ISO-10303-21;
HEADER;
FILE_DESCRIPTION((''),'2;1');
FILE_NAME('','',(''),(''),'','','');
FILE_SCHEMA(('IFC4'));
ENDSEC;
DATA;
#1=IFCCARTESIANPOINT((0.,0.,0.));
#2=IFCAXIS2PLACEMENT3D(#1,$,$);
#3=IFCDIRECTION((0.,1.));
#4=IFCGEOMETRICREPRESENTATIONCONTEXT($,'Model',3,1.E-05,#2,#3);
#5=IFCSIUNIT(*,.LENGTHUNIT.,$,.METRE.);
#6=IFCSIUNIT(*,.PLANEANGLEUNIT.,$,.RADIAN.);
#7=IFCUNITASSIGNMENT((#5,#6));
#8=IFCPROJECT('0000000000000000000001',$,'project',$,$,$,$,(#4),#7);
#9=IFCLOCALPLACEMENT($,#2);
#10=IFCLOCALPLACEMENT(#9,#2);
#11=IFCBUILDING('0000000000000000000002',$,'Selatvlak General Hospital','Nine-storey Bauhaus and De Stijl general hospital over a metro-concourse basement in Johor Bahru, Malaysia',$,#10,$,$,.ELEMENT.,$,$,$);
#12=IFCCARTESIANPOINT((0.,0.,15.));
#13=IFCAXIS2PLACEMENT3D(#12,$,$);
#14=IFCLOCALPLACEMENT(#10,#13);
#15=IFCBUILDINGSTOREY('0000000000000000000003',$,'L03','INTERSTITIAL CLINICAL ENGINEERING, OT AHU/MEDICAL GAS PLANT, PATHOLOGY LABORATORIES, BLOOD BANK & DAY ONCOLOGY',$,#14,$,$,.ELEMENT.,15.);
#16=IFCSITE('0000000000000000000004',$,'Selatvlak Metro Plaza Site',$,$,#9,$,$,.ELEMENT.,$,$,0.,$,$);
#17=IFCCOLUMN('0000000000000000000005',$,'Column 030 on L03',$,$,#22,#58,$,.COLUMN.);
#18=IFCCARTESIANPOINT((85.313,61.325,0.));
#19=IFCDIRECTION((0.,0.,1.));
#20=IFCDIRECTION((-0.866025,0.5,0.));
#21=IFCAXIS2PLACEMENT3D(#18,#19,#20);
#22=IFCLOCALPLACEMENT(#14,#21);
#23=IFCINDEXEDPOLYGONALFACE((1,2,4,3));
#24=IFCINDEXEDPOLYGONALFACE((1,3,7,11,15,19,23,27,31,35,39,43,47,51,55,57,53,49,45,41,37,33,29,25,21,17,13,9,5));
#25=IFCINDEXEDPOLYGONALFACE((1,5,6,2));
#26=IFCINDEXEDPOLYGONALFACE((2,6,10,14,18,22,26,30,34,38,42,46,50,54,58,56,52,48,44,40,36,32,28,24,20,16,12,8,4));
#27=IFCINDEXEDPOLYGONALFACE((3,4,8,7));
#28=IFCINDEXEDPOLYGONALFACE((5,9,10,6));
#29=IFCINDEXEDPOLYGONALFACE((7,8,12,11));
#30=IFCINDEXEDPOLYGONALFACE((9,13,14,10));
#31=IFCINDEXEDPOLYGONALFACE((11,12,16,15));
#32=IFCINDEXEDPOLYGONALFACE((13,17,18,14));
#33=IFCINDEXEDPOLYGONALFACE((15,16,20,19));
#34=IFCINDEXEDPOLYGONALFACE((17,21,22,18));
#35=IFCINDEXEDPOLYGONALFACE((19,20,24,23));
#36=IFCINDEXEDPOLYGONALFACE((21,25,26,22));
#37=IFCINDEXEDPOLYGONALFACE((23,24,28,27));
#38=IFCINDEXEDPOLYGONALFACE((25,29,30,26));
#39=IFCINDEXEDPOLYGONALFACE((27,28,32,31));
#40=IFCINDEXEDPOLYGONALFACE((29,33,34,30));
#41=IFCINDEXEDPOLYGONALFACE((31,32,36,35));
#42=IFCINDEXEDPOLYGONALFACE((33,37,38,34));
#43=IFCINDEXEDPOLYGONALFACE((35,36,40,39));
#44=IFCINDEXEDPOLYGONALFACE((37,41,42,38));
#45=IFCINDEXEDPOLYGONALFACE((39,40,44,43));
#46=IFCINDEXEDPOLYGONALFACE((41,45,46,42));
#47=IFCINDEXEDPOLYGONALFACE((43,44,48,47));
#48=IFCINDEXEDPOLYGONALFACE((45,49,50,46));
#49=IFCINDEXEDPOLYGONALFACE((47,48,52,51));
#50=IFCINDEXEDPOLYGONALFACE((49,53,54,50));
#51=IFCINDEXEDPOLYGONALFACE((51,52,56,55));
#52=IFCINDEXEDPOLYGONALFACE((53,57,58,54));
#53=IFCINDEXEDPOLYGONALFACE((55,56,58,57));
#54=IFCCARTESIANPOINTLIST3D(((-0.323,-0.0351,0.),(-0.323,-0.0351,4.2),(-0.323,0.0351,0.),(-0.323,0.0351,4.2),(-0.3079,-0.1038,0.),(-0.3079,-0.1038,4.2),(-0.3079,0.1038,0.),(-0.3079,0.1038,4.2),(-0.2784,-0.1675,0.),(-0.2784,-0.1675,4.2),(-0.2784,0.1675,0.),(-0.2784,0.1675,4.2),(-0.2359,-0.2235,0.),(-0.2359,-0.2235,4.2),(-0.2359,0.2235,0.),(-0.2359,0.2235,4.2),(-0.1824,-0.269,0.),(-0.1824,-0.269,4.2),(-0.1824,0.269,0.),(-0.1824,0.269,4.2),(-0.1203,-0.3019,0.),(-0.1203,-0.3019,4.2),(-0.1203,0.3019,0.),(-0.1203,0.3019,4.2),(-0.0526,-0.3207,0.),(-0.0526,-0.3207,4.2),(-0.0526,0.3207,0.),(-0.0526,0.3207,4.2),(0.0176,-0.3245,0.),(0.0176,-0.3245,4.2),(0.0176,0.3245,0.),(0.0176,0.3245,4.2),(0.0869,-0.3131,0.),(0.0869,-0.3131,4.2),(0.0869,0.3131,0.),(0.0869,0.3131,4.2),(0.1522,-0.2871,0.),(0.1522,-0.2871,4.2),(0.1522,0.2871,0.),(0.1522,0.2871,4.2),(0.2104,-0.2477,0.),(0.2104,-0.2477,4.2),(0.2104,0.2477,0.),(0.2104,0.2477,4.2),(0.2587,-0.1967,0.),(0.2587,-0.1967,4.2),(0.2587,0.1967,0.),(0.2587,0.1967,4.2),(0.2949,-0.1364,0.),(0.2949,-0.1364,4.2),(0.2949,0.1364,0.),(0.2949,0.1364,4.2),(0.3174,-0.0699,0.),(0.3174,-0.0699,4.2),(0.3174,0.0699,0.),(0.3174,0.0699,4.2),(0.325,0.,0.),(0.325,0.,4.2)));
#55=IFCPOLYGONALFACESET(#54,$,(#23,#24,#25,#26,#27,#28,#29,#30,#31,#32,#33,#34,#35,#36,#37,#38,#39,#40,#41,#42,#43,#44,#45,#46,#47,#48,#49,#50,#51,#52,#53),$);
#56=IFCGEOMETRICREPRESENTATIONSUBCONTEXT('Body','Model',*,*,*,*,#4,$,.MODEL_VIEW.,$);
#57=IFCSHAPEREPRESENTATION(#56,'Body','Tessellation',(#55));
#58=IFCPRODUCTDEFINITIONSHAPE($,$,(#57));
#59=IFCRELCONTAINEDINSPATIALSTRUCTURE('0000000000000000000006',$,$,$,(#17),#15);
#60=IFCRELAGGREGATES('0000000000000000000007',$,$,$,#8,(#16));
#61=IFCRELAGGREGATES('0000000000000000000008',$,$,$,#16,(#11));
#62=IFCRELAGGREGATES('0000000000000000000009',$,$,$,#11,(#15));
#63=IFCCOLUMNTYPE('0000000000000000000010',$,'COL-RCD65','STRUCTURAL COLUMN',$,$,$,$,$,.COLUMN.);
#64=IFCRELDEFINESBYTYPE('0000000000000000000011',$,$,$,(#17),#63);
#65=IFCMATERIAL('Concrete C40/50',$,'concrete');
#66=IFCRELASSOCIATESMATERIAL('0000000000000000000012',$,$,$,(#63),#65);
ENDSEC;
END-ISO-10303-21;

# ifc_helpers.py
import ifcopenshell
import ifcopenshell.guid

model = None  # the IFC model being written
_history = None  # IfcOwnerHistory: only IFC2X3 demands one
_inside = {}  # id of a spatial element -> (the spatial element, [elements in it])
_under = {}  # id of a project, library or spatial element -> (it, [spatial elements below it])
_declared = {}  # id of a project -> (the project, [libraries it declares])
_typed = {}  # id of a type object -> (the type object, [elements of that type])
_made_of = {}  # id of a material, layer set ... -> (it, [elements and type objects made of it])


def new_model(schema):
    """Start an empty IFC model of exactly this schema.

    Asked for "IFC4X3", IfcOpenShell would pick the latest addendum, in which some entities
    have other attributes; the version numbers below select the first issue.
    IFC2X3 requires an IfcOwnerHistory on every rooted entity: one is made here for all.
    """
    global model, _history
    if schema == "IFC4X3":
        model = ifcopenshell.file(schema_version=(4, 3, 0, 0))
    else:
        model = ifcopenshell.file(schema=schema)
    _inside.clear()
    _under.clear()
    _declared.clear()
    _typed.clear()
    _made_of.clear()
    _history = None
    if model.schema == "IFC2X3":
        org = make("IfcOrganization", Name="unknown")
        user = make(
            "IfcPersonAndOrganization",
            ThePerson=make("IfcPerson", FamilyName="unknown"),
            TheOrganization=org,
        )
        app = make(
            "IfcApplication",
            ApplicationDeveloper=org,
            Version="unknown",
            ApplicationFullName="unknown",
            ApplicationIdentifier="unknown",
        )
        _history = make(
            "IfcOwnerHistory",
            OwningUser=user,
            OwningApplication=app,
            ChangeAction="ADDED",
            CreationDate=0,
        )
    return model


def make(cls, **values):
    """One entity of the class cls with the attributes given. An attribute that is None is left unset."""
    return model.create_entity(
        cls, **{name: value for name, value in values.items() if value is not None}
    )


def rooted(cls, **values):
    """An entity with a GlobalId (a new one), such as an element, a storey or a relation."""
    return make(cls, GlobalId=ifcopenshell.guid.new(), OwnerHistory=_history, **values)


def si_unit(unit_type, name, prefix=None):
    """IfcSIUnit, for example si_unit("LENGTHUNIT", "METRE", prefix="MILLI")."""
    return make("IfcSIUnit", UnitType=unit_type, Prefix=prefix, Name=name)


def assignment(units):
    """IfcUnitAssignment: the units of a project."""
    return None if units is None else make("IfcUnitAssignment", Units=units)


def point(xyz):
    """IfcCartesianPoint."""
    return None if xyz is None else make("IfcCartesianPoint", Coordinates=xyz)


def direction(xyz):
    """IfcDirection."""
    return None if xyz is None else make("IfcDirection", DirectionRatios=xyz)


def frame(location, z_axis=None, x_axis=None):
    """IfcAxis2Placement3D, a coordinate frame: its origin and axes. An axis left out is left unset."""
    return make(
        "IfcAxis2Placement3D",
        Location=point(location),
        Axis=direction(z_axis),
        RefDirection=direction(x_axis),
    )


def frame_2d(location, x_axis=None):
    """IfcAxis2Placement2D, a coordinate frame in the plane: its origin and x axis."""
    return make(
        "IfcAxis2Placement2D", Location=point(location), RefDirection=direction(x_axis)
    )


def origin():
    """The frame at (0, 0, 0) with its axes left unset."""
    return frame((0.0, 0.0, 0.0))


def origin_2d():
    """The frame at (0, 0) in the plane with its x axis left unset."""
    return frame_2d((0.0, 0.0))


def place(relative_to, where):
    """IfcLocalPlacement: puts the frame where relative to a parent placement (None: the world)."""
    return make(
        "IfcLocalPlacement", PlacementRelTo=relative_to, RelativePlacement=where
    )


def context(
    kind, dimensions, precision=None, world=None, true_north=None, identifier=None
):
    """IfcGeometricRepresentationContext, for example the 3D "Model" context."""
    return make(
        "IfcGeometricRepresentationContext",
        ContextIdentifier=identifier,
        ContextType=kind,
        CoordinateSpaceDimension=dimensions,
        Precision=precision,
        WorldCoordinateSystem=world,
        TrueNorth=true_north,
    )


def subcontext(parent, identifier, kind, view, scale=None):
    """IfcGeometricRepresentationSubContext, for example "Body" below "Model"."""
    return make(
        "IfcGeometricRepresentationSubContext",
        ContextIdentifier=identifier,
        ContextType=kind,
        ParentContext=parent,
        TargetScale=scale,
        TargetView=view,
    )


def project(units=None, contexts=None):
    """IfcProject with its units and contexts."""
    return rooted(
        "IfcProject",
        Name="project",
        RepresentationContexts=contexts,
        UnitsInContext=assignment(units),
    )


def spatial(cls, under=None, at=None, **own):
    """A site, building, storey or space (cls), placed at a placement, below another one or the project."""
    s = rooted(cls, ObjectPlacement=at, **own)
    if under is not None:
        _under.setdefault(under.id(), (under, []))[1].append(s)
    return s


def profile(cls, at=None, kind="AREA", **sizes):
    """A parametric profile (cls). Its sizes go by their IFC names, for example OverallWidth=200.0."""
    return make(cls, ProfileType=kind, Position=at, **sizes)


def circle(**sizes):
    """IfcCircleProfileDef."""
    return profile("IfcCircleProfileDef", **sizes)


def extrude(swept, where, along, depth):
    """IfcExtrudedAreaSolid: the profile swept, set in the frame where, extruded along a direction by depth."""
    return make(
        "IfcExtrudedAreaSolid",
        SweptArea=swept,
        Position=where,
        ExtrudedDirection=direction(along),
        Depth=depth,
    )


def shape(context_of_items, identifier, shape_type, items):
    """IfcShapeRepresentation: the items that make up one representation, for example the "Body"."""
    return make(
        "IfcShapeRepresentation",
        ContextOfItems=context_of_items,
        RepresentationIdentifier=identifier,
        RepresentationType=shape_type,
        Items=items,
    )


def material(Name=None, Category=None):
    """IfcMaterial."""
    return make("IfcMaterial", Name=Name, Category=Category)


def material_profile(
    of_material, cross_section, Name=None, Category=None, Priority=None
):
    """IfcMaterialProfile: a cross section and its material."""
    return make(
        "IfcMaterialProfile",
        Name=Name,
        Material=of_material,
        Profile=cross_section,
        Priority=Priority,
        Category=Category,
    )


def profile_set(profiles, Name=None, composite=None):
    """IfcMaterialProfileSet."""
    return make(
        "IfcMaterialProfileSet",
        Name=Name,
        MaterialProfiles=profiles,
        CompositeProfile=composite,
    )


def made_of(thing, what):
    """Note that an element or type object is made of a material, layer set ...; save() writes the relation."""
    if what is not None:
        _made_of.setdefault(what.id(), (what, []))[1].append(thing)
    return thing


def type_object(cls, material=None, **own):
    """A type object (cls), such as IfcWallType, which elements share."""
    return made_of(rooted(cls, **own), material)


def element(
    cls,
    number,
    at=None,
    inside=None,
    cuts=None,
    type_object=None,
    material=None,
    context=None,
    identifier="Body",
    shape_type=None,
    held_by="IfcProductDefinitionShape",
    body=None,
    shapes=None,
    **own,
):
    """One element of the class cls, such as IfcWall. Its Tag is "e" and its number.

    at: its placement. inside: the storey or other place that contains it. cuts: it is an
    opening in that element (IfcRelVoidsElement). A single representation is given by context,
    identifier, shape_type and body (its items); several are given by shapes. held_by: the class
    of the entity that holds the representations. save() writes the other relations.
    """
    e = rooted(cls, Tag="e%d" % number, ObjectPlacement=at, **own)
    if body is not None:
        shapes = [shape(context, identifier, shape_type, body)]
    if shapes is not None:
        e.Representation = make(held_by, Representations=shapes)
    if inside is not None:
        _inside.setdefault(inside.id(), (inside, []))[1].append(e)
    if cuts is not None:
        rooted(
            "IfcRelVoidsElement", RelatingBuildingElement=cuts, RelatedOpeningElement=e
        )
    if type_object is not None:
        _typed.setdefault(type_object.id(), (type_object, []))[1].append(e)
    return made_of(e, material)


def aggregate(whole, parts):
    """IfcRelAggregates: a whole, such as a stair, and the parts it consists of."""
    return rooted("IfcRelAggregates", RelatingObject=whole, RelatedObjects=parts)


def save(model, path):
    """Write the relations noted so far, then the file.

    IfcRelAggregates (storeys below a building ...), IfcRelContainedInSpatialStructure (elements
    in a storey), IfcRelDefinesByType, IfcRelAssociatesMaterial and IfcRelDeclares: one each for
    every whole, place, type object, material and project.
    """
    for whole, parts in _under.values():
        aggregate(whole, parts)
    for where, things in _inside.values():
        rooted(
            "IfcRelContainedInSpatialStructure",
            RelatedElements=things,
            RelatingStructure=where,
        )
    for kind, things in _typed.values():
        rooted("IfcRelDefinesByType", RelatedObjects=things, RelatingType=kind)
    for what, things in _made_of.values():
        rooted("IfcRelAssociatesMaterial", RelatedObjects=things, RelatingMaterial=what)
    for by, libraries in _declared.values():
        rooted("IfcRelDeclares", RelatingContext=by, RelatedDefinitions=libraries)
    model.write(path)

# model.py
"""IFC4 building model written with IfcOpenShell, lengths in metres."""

from ifc_helpers import new_model, si_unit, direction, frame, origin, origin_2d, place, context, subcontext, project, spatial, circle, extrude, material, material_profile, profile_set, type_object, element, save


model = new_model("IFC4")

# Units and contexts
model_context = context("Model", 3, precision=1e-05, world=origin(), true_north=direction((0.0, 1.0)))
body_context = subcontext(model_context, "Body", "Model", "MODEL_VIEW")
ifc_project = project(units=[si_unit("LENGTHUNIT", "METRE"), si_unit("PLANEANGLEUNIT", "RADIAN")], contexts=[model_context])

# Site, building, storey
site_placement = place(None, origin())
site = spatial("IfcSite", under=ifc_project, at=site_placement, Name="Selatvlak Metro Plaza Site", CompositionType="ELEMENT", RefElevation=0.0)
building_placement = place(site_placement, origin())
building = spatial("IfcBuilding", under=site, at=building_placement, Name="Selatvlak General Hospital", Description="Nine-storey Bauhaus and De Stijl general hospital over a metro-concourse basement in Johor Bahru, Malaysia", CompositionType="ELEMENT")
storey_placement = place(building_placement, frame((0.0, 0.0, 15.0)))
storey = spatial("IfcBuildingStorey", under=building, at=storey_placement, Name="L03", Description="INTERSTITIAL CLINICAL ENGINEERING, OT AHU/MEDICAL GAS PLANT, PATHOLOGY LABORATORIES, BLOOD BANK & DAY ONCOLOGY", CompositionType="ELEMENT", Elevation=15.0)

# Column
ifc_material_1 = material(Name="Concrete C40/50", Category="concrete")
ifc_material_profile_1 = material_profile(ifc_material_1, circle(Radius=0.325, at=origin_2d()), Name="RC-COL D650")
ifc_profile_set_1 = profile_set([ifc_material_profile_1], Name="Concrete C40/50")
column_type = type_object("IfcColumnType", Name="COL-RCD65", Description="STRUCTURAL COLUMN", PredefinedType="COLUMN", material=ifc_profile_set_1)
column_placement = place(storey_placement, frame((85.313, 61.325, 0.0), z_axis=(0.0, 0.0, 1.0), x_axis=(-0.866025, 0.5, 0.0)))
element("IfcColumn", 1, at=column_placement, inside=storey, type_object=column_type, Name="Column 030 on L03", PredefinedType="COLUMN", context=body_context, shape_type="SweptSolid", body=[
    extrude(circle(Radius=0.325, at=origin_2d()), origin(), (0.0, 0.0, 1.0), 4.2),
])

save(model, "model.ifc")
